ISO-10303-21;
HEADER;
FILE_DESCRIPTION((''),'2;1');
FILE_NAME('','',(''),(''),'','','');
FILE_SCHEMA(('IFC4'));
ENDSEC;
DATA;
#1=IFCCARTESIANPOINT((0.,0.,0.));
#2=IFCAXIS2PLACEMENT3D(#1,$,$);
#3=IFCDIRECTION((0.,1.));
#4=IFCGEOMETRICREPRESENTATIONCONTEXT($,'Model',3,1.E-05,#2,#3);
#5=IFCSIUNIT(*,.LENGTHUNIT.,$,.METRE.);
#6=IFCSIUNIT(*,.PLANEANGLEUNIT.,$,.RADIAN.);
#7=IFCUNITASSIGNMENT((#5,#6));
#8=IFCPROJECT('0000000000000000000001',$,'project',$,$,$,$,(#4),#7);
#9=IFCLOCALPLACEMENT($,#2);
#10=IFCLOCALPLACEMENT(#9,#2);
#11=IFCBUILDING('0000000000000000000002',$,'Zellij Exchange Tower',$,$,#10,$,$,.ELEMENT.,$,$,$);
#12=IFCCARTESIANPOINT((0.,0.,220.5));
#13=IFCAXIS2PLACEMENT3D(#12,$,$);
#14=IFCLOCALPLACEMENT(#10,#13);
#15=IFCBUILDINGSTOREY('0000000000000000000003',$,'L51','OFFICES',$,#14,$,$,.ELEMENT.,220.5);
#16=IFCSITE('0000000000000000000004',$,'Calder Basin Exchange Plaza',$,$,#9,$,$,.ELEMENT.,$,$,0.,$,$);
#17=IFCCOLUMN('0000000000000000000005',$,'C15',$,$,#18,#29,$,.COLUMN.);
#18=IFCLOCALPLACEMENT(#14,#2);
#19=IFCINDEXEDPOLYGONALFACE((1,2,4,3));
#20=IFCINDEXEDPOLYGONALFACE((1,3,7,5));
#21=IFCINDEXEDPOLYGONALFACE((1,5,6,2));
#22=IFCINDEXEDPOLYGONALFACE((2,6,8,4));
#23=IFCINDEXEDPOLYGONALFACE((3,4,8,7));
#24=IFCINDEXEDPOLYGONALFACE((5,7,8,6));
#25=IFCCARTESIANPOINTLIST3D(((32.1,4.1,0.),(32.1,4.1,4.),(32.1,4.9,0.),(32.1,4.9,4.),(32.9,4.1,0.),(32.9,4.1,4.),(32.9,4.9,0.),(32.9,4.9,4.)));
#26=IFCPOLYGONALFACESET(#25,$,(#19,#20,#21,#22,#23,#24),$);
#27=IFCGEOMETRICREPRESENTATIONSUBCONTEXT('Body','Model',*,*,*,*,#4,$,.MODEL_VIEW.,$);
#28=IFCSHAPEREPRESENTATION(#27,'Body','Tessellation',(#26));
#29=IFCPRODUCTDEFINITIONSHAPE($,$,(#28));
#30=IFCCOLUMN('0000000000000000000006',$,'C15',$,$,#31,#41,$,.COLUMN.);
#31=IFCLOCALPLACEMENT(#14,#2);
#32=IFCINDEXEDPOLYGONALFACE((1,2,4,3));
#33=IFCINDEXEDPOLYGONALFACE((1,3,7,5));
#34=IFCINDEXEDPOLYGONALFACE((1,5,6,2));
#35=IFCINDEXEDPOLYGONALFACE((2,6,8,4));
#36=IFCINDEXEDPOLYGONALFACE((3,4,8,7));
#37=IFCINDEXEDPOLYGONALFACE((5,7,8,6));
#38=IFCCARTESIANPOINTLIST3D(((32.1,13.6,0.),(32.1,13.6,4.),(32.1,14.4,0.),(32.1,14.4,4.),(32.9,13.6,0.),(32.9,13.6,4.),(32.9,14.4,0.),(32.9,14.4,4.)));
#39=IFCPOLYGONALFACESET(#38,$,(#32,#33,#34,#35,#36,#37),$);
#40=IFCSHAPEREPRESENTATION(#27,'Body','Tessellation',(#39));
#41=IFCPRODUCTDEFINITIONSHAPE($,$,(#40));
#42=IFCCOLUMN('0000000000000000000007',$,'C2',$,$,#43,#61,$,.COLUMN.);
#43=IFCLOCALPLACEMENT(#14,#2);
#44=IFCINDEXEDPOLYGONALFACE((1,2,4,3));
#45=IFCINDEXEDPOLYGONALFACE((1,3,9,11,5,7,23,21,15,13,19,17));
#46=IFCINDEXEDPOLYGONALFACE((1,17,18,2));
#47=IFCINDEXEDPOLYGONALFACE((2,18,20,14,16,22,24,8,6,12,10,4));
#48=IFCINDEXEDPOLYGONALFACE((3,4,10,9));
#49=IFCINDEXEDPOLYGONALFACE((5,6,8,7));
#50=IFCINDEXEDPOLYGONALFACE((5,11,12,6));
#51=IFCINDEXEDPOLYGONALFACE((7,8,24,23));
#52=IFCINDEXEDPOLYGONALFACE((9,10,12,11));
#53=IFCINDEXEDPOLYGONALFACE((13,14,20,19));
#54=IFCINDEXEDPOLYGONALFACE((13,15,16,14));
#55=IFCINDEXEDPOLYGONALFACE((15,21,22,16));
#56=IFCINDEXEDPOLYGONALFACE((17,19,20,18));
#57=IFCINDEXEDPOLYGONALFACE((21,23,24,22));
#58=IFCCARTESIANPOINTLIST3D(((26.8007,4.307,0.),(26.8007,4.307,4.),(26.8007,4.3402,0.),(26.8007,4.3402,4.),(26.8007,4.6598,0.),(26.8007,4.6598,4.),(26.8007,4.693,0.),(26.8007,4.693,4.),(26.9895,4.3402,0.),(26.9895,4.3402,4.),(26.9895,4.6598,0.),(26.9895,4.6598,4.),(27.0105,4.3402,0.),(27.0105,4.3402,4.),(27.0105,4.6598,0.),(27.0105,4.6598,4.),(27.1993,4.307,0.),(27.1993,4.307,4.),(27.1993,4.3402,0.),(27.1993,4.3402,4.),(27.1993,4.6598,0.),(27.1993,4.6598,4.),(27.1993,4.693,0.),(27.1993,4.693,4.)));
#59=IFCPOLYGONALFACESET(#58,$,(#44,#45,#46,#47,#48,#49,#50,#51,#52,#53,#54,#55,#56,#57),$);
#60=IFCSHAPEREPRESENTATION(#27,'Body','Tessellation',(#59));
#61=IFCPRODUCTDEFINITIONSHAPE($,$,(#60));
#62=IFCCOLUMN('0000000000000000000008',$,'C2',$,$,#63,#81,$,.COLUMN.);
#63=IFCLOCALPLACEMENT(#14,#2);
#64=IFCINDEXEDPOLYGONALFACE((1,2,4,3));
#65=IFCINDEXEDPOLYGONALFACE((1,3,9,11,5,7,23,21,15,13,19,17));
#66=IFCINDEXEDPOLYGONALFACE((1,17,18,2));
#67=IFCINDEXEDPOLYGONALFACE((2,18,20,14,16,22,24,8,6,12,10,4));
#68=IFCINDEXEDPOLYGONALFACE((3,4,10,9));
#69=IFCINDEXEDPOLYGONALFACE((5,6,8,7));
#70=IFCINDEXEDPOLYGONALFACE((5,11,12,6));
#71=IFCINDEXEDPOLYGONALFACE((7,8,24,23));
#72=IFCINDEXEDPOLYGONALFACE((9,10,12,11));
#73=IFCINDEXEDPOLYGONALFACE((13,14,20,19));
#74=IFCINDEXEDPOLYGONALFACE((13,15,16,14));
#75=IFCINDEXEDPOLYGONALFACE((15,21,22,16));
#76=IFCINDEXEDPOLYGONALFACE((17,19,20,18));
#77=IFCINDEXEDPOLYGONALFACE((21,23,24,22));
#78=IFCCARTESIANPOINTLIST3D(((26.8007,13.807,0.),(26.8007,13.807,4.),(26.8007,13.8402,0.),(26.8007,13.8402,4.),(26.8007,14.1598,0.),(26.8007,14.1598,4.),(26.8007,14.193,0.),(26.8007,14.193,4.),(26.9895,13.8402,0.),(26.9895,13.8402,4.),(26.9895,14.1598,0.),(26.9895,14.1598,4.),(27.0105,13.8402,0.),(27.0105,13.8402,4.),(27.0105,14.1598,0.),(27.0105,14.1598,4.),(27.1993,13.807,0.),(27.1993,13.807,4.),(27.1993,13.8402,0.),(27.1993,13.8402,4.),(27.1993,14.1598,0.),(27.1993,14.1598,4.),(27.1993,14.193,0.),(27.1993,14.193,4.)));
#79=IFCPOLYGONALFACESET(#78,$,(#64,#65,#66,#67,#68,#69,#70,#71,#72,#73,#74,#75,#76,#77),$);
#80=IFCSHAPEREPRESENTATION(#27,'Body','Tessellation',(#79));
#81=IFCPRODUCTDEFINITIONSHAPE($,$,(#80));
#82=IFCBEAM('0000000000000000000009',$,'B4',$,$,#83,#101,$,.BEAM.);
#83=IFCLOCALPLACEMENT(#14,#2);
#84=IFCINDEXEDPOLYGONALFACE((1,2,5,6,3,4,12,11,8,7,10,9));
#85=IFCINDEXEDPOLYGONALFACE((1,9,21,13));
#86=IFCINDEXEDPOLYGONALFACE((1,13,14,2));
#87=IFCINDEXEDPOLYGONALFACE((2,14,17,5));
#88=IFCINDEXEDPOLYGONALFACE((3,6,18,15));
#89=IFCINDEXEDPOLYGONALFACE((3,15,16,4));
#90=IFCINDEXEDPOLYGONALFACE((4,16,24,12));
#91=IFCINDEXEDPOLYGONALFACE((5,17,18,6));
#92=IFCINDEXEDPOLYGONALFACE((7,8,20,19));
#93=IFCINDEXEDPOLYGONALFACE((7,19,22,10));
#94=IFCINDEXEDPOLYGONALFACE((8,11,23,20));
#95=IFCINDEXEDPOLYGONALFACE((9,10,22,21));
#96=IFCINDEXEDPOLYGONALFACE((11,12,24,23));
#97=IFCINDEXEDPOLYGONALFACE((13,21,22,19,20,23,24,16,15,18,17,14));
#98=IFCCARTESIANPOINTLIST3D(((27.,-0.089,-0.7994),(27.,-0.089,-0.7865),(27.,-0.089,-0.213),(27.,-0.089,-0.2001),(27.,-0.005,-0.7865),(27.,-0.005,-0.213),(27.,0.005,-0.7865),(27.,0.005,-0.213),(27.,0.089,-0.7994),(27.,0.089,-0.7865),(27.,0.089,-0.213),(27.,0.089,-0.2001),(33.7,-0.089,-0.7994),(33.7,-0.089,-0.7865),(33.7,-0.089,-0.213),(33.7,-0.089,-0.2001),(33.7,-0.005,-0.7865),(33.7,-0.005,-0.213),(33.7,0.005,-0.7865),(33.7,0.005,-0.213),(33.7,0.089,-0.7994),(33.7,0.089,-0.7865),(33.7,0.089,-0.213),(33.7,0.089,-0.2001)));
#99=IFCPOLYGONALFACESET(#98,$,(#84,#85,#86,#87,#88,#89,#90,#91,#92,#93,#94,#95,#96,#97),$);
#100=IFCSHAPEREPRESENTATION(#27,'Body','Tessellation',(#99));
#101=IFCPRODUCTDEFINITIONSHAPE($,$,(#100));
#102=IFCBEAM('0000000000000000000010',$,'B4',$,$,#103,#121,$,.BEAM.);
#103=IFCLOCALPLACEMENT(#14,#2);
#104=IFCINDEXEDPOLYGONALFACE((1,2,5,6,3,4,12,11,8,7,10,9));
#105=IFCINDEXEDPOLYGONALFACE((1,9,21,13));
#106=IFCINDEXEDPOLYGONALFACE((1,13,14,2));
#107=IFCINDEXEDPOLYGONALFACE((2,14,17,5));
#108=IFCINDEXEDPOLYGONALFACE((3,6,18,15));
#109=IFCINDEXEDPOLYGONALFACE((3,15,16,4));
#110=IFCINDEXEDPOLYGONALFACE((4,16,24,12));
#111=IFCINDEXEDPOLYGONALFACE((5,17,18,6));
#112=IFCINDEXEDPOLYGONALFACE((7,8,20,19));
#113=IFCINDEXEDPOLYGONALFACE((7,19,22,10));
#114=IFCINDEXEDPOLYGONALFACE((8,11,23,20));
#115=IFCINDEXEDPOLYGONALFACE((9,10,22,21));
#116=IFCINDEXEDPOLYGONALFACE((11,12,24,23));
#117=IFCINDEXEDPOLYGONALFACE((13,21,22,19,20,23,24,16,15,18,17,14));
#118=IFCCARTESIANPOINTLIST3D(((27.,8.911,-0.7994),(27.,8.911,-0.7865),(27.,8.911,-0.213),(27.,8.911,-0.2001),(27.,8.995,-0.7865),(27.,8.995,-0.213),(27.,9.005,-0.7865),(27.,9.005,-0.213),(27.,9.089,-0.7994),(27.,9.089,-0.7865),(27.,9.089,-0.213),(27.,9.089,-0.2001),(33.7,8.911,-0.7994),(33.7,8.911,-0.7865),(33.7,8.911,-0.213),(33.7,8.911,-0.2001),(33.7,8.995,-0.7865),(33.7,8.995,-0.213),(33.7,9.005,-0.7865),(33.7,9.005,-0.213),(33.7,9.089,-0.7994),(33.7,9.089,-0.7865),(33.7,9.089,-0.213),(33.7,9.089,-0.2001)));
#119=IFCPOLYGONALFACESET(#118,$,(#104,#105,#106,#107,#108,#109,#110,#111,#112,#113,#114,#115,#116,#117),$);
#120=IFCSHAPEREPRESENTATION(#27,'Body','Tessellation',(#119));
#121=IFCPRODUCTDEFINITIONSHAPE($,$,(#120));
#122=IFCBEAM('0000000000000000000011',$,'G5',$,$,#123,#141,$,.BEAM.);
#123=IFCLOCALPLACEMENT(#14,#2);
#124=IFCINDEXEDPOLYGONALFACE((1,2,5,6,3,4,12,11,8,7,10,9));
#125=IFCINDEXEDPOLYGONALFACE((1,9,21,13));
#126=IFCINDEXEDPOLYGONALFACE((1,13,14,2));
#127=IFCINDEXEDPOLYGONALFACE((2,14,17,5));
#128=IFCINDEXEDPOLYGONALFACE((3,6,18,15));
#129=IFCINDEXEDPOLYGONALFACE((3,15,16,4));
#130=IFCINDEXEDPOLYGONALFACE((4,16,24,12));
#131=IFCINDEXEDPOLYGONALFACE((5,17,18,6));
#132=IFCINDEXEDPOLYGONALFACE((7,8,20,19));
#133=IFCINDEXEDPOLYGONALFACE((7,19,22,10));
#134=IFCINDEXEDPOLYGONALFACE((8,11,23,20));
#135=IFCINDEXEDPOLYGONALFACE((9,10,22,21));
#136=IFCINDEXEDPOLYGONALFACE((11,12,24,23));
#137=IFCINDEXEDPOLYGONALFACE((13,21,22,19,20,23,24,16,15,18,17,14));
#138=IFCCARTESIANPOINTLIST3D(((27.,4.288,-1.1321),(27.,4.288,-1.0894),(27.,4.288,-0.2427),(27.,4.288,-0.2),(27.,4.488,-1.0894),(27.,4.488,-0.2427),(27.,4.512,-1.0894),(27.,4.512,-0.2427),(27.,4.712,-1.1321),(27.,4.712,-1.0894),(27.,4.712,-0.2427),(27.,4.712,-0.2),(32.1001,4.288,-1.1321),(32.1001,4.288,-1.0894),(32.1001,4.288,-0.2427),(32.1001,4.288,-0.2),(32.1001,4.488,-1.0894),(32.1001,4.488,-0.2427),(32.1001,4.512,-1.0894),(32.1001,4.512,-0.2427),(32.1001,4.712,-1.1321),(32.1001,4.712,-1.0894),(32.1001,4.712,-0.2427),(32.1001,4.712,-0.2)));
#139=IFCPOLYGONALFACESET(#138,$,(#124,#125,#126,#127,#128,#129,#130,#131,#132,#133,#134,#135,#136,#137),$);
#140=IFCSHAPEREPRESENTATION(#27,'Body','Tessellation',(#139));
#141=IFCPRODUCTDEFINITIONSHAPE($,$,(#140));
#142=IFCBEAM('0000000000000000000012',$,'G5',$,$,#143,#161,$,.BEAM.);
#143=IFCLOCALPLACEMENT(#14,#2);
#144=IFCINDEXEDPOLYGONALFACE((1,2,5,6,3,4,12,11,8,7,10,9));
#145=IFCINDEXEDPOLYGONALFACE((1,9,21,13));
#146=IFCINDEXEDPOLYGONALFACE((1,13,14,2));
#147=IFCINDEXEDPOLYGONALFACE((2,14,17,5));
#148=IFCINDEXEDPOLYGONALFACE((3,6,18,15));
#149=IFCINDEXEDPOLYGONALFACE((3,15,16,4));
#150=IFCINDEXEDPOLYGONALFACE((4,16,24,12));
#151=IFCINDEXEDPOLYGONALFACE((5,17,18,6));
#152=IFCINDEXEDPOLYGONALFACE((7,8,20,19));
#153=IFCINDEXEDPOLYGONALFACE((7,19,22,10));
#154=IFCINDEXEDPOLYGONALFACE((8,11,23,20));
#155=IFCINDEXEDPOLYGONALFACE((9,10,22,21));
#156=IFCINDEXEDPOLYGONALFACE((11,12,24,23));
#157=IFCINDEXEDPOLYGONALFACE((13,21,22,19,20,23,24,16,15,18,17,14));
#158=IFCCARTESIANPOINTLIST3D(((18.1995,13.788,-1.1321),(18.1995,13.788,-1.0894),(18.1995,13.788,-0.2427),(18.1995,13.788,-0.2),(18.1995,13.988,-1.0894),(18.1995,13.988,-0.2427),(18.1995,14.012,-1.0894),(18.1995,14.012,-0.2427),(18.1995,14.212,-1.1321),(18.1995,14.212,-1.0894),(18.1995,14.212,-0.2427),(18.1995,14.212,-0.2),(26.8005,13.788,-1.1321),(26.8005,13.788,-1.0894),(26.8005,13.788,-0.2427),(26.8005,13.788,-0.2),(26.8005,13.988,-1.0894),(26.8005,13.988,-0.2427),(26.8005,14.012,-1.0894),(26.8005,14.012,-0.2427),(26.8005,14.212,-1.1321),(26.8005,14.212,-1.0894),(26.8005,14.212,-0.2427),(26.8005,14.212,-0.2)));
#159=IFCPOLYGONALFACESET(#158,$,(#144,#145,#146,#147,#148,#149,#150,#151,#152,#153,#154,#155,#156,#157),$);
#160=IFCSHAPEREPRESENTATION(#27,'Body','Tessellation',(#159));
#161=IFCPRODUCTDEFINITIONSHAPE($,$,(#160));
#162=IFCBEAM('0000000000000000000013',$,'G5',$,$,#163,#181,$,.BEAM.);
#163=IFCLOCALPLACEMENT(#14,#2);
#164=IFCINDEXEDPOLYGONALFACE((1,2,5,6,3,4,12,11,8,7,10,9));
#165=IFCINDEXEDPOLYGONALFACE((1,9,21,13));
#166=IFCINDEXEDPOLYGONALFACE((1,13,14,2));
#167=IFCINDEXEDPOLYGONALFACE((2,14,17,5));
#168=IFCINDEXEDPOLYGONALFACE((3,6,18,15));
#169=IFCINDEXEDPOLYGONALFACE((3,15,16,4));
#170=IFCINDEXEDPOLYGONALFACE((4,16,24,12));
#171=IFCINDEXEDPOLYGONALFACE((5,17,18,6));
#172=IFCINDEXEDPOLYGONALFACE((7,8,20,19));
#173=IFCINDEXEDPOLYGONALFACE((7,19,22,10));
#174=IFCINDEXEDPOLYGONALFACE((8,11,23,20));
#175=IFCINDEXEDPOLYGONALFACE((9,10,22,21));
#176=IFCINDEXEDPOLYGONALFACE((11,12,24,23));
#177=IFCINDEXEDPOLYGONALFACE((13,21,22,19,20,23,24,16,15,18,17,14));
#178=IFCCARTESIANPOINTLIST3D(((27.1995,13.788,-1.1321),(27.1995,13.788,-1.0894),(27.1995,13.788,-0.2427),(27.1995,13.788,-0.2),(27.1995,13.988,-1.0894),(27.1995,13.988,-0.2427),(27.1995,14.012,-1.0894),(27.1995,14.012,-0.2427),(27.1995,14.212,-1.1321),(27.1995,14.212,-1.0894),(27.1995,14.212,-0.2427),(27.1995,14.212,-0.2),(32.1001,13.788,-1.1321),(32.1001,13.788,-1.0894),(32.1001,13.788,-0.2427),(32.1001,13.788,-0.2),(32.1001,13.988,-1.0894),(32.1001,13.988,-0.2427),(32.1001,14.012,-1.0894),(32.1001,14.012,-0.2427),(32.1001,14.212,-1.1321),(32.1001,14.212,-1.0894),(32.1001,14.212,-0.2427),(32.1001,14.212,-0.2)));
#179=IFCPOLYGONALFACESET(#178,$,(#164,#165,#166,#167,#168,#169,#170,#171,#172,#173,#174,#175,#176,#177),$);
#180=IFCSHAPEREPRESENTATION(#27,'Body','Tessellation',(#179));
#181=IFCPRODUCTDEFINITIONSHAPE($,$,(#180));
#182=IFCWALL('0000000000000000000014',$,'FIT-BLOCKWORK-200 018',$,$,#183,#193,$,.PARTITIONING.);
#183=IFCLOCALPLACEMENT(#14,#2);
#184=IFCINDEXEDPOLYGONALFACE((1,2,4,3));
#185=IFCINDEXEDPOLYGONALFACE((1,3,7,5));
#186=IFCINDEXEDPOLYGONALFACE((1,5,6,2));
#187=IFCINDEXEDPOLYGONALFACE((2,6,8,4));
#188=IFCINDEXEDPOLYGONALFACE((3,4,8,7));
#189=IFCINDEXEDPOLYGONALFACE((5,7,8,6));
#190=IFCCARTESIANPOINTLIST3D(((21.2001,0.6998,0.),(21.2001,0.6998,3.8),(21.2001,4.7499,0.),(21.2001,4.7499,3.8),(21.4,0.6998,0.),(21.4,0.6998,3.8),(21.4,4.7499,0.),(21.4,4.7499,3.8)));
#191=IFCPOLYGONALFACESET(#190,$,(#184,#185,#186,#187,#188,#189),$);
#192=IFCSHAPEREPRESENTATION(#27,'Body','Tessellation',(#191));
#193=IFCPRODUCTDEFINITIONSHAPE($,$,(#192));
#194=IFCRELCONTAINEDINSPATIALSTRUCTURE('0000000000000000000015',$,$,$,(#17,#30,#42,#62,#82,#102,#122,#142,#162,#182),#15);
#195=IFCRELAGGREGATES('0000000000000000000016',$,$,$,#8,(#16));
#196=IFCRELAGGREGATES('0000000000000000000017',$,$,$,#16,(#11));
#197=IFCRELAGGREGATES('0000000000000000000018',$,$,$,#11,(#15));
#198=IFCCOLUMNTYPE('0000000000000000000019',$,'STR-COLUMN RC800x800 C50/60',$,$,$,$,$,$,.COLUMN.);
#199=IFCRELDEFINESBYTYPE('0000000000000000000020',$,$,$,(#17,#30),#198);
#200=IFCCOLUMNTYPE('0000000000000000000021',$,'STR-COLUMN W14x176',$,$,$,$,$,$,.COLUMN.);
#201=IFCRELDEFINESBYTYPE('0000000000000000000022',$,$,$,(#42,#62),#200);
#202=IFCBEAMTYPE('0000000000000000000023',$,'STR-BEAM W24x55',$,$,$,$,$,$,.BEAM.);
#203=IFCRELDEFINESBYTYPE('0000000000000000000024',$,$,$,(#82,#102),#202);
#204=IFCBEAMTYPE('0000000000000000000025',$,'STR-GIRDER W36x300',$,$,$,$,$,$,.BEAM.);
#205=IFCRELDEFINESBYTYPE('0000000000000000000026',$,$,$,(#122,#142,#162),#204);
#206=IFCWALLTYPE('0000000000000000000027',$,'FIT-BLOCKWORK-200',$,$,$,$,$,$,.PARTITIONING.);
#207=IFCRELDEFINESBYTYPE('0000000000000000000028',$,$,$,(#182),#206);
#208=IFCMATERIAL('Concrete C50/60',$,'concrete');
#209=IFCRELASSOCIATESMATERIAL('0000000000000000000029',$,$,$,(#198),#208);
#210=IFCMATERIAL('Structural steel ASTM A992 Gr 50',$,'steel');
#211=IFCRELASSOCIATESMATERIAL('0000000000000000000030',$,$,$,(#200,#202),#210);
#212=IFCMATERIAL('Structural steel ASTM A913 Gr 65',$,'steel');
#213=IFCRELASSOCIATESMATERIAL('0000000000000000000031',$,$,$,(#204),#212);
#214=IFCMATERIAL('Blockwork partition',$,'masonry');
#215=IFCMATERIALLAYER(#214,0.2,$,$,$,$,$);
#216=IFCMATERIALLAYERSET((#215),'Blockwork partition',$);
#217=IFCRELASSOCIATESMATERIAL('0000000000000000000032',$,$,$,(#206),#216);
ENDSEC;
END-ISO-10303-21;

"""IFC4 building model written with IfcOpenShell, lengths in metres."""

from ifc_helpers import new_model, si_unit, direction, frame, frame_2d, origin, origin_2d, place, context, subcontext, project, spatial, rectangle, i_section, extrude, material, layer, layer_set, material_profile, profile_set, type_object, element, save


model = new_model("IFC4")

# Units and contexts
model_context = context("Model", 3, precision=1e-05, world=origin(), true_north=direction((0.0, 1.0)))
body_context = subcontext(model_context, "Body", "Model", "MODEL_VIEW")
ifc_project = project(units=[si_unit("LENGTHUNIT", "METRE"), si_unit("PLANEANGLEUNIT", "RADIAN")], contexts=[model_context])

# Site, building, storey
site_placement = place(None, origin())
site = spatial("IfcSite", under=ifc_project, at=site_placement, Name="Calder Basin Exchange Plaza", CompositionType="ELEMENT", RefElevation=0.0)
building_placement = place(site_placement, origin())
building = spatial("IfcBuilding", under=site, at=building_placement, Name="Zellij Exchange Tower", CompositionType="ELEMENT")
storey_placement = place(building_placement, frame((0.0, 0.0, 220.5)))
storey = spatial("IfcBuildingStorey", under=building, at=storey_placement, Name="L51", Description="OFFICES", CompositionType="ELEMENT", Elevation=220.5)

# Columns
ifc_material_1 = material(Name="Concrete C50/60", Category="concrete")
ifc_material_profile_1 = material_profile(ifc_material_1, rectangle(XDim=0.8, YDim=0.8, at=origin_2d()), Name="STR-COLUMN RC800x800 C50/60")
ifc_profile_set_1 = profile_set([ifc_material_profile_1], Name="Concrete C50/60")
column_type_1 = type_object("IfcColumnType", Name="STR-COLUMN RC800x800 C50/60", PredefinedType="COLUMN", material=ifc_profile_set_1)
for number, where, z_axis, x_axis, name in (
    (1, (32.5, 4.5, 0.0), (0.0, 0.0, 1.0), (1.0, 0.0, 0.0), "C15"),
    (2, (32.5, 14.0, 0.0), (0.0, 0.0, 1.0), (1.0, 0.0, 0.0), "C15"),
):
    element("IfcColumn", number, at=place(storey_placement, frame(where, z_axis=z_axis, x_axis=x_axis)), inside=storey, type_object=column_type_1, Name=name, PredefinedType="COLUMN", context=body_context, shape_type="SweptSolid", body=[
        extrude(rectangle(XDim=0.8, YDim=0.8, at=origin_2d()), origin(), (0.0, 0.0, 1.0), 4.0),
    ])
ifc_material_2 = material(Name="Structural steel ASTM A992 Gr 50", Category="steel")
ifc_material_profile_2 = material_profile(ifc_material_2, i_section(OverallWidth=0.3987, OverallDepth=0.386, WebThickness=0.021, FlangeThickness=0.0332, at=origin_2d()), Name="W14x176")
ifc_profile_set_2 = profile_set([ifc_material_profile_2], Name="Structural steel ASTM A992 Gr 50")
column_type_2 = type_object("IfcColumnType", Name="STR-COLUMN W14x176", PredefinedType="COLUMN", material=ifc_profile_set_2)
for number, where, z_axis, x_axis, name in (
    (3, (27.0, 4.5, 0.0), (0.0, 0.0, 1.0), (1.0, 0.0, 0.0), "C2"),
    (4, (27.0, 14.0, 0.0), (0.0, 0.0, 1.0), (1.0, 0.0, 0.0), "C2"),
):
    element("IfcColumn", number, at=place(storey_placement, frame(where, z_axis=z_axis, x_axis=x_axis)), inside=storey, type_object=column_type_2, Name=name, PredefinedType="COLUMN", context=body_context, shape_type="SweptSolid", body=[
        extrude(i_section(OverallWidth=0.3987, OverallDepth=0.386, WebThickness=0.021, FlangeThickness=0.0332, at=origin_2d()), origin(), (0.0, 0.0, 1.0), 4.0),
    ])

# Beams
ifc_material_profile_3 = material_profile(ifc_material_2, i_section(OverallWidth=0.178, OverallDepth=0.5994, WebThickness=0.01, FlangeThickness=0.0129, at=origin_2d()), Name="W24x55")
ifc_profile_set_3 = profile_set([ifc_material_profile_3], Name="Structural steel ASTM A992 Gr 50")
beam_type_1 = type_object("IfcBeamType", Name="STR-BEAM W24x55", PredefinedType="BEAM", material=ifc_profile_set_3)
for number, where, z_axis, x_axis, name in (
    (5, (27.0, 0.0, -0.4998), (1.0, 0.0, 0.0), (0.0, 1.0, 0.0), "B4"),
    (6, (27.0, 9.0, -0.4998), (1.0, 0.0, 0.0), (0.0, 1.0, 0.0), "B4"),
):
    element("IfcBeam", number, at=place(storey_placement, frame(where, z_axis=z_axis, x_axis=x_axis)), inside=storey, type_object=beam_type_1, Name=name, PredefinedType="BEAM", context=body_context, shape_type="SweptSolid", body=[
        extrude(i_section(OverallWidth=0.178, OverallDepth=0.5994, WebThickness=0.01, FlangeThickness=0.0129, at=origin_2d()), origin(), (0.0, 0.0, 1.0), 6.7),
    ])
ifc_material_3 = material(Name="Structural steel ASTM A913 Gr 65", Category="steel")
ifc_material_profile_4 = material_profile(ifc_material_3, i_section(OverallWidth=0.4241, OverallDepth=0.9321, WebThickness=0.0239, FlangeThickness=0.0427, at=origin_2d()), Name="W36x300")
ifc_profile_set_4 = profile_set([ifc_material_profile_4], Name="Structural steel ASTM A913 Gr 65")
beam_type_2 = type_object("IfcBeamType", Name="STR-GIRDER W36x300", PredefinedType="BEAM", material=ifc_profile_set_4)
beam_1_placement = place(storey_placement, frame((27.0, 4.5, -0.666), z_axis=(1.0, 0.0, 0.0), x_axis=(0.0, 1.0, 0.0)))
element("IfcBeam", 7, at=beam_1_placement, inside=storey, type_object=beam_type_2, Name="G5", PredefinedType="BEAM", context=body_context, shape_type="SweptSolid", body=[
    extrude(i_section(OverallWidth=0.4241, OverallDepth=0.9321, WebThickness=0.0239, FlangeThickness=0.0427, at=origin_2d()), origin(), (0.0, 0.0, 1.0), 5.1001),
])
beam_2_placement = place(storey_placement, frame((18.1995, 14.0, -0.666), z_axis=(1.0, 0.0, 0.0), x_axis=(0.0, 1.0, 0.0)))
element("IfcBeam", 8, at=beam_2_placement, inside=storey, type_object=beam_type_2, Name="G5", PredefinedType="BEAM", context=body_context, shape_type="SweptSolid", body=[
    extrude(i_section(OverallWidth=0.4241, OverallDepth=0.9321, WebThickness=0.0239, FlangeThickness=0.0427, at=origin_2d()), origin(), (0.0, 0.0, 1.0), 8.6011),
])
beam_3_placement = place(storey_placement, frame((27.1995, 14.0, -0.666), z_axis=(1.0, 0.0, 0.0), x_axis=(0.0, 1.0, 0.0)))
element("IfcBeam", 9, at=beam_3_placement, inside=storey, type_object=beam_type_2, Name="G5", PredefinedType="BEAM", context=body_context, shape_type="SweptSolid", body=[
    extrude(i_section(OverallWidth=0.4241, OverallDepth=0.9321, WebThickness=0.0239, FlangeThickness=0.0427, at=origin_2d()), origin(), (0.0, 0.0, 1.0), 4.9006),
])

# Wall
ifc_material_4 = material(Name="Blockwork partition", Category="masonry")
ifc_layer_1 = layer(ifc_material_4, 0.2)
ifc_layer_set_1 = layer_set([ifc_layer_1], Name="Blockwork partition")
wall_type_1 = type_object("IfcWallType", Name="FIT-BLOCKWORK-200", PredefinedType="PARTITIONING", material=ifc_layer_set_1)
wall_1_placement = place(storey_placement, frame((21.3, 0.7, 0.0), z_axis=(0.0, 0.0, 1.0), x_axis=(0.0, 1.0, 0.0)))
element("IfcWall", 10, at=wall_1_placement, inside=storey, type_object=wall_type_1, Name="FIT-BLOCKWORK-200 018", PredefinedType="PARTITIONING", context=body_context, shape_type="SweptSolid", body=[
    extrude(rectangle(XDim=4.05, YDim=0.2, at=frame_2d((2.0249, 0.0))), origin(), (0.0, 0.0, 1.0), 3.8),
])

save(model, "model.ifc")
